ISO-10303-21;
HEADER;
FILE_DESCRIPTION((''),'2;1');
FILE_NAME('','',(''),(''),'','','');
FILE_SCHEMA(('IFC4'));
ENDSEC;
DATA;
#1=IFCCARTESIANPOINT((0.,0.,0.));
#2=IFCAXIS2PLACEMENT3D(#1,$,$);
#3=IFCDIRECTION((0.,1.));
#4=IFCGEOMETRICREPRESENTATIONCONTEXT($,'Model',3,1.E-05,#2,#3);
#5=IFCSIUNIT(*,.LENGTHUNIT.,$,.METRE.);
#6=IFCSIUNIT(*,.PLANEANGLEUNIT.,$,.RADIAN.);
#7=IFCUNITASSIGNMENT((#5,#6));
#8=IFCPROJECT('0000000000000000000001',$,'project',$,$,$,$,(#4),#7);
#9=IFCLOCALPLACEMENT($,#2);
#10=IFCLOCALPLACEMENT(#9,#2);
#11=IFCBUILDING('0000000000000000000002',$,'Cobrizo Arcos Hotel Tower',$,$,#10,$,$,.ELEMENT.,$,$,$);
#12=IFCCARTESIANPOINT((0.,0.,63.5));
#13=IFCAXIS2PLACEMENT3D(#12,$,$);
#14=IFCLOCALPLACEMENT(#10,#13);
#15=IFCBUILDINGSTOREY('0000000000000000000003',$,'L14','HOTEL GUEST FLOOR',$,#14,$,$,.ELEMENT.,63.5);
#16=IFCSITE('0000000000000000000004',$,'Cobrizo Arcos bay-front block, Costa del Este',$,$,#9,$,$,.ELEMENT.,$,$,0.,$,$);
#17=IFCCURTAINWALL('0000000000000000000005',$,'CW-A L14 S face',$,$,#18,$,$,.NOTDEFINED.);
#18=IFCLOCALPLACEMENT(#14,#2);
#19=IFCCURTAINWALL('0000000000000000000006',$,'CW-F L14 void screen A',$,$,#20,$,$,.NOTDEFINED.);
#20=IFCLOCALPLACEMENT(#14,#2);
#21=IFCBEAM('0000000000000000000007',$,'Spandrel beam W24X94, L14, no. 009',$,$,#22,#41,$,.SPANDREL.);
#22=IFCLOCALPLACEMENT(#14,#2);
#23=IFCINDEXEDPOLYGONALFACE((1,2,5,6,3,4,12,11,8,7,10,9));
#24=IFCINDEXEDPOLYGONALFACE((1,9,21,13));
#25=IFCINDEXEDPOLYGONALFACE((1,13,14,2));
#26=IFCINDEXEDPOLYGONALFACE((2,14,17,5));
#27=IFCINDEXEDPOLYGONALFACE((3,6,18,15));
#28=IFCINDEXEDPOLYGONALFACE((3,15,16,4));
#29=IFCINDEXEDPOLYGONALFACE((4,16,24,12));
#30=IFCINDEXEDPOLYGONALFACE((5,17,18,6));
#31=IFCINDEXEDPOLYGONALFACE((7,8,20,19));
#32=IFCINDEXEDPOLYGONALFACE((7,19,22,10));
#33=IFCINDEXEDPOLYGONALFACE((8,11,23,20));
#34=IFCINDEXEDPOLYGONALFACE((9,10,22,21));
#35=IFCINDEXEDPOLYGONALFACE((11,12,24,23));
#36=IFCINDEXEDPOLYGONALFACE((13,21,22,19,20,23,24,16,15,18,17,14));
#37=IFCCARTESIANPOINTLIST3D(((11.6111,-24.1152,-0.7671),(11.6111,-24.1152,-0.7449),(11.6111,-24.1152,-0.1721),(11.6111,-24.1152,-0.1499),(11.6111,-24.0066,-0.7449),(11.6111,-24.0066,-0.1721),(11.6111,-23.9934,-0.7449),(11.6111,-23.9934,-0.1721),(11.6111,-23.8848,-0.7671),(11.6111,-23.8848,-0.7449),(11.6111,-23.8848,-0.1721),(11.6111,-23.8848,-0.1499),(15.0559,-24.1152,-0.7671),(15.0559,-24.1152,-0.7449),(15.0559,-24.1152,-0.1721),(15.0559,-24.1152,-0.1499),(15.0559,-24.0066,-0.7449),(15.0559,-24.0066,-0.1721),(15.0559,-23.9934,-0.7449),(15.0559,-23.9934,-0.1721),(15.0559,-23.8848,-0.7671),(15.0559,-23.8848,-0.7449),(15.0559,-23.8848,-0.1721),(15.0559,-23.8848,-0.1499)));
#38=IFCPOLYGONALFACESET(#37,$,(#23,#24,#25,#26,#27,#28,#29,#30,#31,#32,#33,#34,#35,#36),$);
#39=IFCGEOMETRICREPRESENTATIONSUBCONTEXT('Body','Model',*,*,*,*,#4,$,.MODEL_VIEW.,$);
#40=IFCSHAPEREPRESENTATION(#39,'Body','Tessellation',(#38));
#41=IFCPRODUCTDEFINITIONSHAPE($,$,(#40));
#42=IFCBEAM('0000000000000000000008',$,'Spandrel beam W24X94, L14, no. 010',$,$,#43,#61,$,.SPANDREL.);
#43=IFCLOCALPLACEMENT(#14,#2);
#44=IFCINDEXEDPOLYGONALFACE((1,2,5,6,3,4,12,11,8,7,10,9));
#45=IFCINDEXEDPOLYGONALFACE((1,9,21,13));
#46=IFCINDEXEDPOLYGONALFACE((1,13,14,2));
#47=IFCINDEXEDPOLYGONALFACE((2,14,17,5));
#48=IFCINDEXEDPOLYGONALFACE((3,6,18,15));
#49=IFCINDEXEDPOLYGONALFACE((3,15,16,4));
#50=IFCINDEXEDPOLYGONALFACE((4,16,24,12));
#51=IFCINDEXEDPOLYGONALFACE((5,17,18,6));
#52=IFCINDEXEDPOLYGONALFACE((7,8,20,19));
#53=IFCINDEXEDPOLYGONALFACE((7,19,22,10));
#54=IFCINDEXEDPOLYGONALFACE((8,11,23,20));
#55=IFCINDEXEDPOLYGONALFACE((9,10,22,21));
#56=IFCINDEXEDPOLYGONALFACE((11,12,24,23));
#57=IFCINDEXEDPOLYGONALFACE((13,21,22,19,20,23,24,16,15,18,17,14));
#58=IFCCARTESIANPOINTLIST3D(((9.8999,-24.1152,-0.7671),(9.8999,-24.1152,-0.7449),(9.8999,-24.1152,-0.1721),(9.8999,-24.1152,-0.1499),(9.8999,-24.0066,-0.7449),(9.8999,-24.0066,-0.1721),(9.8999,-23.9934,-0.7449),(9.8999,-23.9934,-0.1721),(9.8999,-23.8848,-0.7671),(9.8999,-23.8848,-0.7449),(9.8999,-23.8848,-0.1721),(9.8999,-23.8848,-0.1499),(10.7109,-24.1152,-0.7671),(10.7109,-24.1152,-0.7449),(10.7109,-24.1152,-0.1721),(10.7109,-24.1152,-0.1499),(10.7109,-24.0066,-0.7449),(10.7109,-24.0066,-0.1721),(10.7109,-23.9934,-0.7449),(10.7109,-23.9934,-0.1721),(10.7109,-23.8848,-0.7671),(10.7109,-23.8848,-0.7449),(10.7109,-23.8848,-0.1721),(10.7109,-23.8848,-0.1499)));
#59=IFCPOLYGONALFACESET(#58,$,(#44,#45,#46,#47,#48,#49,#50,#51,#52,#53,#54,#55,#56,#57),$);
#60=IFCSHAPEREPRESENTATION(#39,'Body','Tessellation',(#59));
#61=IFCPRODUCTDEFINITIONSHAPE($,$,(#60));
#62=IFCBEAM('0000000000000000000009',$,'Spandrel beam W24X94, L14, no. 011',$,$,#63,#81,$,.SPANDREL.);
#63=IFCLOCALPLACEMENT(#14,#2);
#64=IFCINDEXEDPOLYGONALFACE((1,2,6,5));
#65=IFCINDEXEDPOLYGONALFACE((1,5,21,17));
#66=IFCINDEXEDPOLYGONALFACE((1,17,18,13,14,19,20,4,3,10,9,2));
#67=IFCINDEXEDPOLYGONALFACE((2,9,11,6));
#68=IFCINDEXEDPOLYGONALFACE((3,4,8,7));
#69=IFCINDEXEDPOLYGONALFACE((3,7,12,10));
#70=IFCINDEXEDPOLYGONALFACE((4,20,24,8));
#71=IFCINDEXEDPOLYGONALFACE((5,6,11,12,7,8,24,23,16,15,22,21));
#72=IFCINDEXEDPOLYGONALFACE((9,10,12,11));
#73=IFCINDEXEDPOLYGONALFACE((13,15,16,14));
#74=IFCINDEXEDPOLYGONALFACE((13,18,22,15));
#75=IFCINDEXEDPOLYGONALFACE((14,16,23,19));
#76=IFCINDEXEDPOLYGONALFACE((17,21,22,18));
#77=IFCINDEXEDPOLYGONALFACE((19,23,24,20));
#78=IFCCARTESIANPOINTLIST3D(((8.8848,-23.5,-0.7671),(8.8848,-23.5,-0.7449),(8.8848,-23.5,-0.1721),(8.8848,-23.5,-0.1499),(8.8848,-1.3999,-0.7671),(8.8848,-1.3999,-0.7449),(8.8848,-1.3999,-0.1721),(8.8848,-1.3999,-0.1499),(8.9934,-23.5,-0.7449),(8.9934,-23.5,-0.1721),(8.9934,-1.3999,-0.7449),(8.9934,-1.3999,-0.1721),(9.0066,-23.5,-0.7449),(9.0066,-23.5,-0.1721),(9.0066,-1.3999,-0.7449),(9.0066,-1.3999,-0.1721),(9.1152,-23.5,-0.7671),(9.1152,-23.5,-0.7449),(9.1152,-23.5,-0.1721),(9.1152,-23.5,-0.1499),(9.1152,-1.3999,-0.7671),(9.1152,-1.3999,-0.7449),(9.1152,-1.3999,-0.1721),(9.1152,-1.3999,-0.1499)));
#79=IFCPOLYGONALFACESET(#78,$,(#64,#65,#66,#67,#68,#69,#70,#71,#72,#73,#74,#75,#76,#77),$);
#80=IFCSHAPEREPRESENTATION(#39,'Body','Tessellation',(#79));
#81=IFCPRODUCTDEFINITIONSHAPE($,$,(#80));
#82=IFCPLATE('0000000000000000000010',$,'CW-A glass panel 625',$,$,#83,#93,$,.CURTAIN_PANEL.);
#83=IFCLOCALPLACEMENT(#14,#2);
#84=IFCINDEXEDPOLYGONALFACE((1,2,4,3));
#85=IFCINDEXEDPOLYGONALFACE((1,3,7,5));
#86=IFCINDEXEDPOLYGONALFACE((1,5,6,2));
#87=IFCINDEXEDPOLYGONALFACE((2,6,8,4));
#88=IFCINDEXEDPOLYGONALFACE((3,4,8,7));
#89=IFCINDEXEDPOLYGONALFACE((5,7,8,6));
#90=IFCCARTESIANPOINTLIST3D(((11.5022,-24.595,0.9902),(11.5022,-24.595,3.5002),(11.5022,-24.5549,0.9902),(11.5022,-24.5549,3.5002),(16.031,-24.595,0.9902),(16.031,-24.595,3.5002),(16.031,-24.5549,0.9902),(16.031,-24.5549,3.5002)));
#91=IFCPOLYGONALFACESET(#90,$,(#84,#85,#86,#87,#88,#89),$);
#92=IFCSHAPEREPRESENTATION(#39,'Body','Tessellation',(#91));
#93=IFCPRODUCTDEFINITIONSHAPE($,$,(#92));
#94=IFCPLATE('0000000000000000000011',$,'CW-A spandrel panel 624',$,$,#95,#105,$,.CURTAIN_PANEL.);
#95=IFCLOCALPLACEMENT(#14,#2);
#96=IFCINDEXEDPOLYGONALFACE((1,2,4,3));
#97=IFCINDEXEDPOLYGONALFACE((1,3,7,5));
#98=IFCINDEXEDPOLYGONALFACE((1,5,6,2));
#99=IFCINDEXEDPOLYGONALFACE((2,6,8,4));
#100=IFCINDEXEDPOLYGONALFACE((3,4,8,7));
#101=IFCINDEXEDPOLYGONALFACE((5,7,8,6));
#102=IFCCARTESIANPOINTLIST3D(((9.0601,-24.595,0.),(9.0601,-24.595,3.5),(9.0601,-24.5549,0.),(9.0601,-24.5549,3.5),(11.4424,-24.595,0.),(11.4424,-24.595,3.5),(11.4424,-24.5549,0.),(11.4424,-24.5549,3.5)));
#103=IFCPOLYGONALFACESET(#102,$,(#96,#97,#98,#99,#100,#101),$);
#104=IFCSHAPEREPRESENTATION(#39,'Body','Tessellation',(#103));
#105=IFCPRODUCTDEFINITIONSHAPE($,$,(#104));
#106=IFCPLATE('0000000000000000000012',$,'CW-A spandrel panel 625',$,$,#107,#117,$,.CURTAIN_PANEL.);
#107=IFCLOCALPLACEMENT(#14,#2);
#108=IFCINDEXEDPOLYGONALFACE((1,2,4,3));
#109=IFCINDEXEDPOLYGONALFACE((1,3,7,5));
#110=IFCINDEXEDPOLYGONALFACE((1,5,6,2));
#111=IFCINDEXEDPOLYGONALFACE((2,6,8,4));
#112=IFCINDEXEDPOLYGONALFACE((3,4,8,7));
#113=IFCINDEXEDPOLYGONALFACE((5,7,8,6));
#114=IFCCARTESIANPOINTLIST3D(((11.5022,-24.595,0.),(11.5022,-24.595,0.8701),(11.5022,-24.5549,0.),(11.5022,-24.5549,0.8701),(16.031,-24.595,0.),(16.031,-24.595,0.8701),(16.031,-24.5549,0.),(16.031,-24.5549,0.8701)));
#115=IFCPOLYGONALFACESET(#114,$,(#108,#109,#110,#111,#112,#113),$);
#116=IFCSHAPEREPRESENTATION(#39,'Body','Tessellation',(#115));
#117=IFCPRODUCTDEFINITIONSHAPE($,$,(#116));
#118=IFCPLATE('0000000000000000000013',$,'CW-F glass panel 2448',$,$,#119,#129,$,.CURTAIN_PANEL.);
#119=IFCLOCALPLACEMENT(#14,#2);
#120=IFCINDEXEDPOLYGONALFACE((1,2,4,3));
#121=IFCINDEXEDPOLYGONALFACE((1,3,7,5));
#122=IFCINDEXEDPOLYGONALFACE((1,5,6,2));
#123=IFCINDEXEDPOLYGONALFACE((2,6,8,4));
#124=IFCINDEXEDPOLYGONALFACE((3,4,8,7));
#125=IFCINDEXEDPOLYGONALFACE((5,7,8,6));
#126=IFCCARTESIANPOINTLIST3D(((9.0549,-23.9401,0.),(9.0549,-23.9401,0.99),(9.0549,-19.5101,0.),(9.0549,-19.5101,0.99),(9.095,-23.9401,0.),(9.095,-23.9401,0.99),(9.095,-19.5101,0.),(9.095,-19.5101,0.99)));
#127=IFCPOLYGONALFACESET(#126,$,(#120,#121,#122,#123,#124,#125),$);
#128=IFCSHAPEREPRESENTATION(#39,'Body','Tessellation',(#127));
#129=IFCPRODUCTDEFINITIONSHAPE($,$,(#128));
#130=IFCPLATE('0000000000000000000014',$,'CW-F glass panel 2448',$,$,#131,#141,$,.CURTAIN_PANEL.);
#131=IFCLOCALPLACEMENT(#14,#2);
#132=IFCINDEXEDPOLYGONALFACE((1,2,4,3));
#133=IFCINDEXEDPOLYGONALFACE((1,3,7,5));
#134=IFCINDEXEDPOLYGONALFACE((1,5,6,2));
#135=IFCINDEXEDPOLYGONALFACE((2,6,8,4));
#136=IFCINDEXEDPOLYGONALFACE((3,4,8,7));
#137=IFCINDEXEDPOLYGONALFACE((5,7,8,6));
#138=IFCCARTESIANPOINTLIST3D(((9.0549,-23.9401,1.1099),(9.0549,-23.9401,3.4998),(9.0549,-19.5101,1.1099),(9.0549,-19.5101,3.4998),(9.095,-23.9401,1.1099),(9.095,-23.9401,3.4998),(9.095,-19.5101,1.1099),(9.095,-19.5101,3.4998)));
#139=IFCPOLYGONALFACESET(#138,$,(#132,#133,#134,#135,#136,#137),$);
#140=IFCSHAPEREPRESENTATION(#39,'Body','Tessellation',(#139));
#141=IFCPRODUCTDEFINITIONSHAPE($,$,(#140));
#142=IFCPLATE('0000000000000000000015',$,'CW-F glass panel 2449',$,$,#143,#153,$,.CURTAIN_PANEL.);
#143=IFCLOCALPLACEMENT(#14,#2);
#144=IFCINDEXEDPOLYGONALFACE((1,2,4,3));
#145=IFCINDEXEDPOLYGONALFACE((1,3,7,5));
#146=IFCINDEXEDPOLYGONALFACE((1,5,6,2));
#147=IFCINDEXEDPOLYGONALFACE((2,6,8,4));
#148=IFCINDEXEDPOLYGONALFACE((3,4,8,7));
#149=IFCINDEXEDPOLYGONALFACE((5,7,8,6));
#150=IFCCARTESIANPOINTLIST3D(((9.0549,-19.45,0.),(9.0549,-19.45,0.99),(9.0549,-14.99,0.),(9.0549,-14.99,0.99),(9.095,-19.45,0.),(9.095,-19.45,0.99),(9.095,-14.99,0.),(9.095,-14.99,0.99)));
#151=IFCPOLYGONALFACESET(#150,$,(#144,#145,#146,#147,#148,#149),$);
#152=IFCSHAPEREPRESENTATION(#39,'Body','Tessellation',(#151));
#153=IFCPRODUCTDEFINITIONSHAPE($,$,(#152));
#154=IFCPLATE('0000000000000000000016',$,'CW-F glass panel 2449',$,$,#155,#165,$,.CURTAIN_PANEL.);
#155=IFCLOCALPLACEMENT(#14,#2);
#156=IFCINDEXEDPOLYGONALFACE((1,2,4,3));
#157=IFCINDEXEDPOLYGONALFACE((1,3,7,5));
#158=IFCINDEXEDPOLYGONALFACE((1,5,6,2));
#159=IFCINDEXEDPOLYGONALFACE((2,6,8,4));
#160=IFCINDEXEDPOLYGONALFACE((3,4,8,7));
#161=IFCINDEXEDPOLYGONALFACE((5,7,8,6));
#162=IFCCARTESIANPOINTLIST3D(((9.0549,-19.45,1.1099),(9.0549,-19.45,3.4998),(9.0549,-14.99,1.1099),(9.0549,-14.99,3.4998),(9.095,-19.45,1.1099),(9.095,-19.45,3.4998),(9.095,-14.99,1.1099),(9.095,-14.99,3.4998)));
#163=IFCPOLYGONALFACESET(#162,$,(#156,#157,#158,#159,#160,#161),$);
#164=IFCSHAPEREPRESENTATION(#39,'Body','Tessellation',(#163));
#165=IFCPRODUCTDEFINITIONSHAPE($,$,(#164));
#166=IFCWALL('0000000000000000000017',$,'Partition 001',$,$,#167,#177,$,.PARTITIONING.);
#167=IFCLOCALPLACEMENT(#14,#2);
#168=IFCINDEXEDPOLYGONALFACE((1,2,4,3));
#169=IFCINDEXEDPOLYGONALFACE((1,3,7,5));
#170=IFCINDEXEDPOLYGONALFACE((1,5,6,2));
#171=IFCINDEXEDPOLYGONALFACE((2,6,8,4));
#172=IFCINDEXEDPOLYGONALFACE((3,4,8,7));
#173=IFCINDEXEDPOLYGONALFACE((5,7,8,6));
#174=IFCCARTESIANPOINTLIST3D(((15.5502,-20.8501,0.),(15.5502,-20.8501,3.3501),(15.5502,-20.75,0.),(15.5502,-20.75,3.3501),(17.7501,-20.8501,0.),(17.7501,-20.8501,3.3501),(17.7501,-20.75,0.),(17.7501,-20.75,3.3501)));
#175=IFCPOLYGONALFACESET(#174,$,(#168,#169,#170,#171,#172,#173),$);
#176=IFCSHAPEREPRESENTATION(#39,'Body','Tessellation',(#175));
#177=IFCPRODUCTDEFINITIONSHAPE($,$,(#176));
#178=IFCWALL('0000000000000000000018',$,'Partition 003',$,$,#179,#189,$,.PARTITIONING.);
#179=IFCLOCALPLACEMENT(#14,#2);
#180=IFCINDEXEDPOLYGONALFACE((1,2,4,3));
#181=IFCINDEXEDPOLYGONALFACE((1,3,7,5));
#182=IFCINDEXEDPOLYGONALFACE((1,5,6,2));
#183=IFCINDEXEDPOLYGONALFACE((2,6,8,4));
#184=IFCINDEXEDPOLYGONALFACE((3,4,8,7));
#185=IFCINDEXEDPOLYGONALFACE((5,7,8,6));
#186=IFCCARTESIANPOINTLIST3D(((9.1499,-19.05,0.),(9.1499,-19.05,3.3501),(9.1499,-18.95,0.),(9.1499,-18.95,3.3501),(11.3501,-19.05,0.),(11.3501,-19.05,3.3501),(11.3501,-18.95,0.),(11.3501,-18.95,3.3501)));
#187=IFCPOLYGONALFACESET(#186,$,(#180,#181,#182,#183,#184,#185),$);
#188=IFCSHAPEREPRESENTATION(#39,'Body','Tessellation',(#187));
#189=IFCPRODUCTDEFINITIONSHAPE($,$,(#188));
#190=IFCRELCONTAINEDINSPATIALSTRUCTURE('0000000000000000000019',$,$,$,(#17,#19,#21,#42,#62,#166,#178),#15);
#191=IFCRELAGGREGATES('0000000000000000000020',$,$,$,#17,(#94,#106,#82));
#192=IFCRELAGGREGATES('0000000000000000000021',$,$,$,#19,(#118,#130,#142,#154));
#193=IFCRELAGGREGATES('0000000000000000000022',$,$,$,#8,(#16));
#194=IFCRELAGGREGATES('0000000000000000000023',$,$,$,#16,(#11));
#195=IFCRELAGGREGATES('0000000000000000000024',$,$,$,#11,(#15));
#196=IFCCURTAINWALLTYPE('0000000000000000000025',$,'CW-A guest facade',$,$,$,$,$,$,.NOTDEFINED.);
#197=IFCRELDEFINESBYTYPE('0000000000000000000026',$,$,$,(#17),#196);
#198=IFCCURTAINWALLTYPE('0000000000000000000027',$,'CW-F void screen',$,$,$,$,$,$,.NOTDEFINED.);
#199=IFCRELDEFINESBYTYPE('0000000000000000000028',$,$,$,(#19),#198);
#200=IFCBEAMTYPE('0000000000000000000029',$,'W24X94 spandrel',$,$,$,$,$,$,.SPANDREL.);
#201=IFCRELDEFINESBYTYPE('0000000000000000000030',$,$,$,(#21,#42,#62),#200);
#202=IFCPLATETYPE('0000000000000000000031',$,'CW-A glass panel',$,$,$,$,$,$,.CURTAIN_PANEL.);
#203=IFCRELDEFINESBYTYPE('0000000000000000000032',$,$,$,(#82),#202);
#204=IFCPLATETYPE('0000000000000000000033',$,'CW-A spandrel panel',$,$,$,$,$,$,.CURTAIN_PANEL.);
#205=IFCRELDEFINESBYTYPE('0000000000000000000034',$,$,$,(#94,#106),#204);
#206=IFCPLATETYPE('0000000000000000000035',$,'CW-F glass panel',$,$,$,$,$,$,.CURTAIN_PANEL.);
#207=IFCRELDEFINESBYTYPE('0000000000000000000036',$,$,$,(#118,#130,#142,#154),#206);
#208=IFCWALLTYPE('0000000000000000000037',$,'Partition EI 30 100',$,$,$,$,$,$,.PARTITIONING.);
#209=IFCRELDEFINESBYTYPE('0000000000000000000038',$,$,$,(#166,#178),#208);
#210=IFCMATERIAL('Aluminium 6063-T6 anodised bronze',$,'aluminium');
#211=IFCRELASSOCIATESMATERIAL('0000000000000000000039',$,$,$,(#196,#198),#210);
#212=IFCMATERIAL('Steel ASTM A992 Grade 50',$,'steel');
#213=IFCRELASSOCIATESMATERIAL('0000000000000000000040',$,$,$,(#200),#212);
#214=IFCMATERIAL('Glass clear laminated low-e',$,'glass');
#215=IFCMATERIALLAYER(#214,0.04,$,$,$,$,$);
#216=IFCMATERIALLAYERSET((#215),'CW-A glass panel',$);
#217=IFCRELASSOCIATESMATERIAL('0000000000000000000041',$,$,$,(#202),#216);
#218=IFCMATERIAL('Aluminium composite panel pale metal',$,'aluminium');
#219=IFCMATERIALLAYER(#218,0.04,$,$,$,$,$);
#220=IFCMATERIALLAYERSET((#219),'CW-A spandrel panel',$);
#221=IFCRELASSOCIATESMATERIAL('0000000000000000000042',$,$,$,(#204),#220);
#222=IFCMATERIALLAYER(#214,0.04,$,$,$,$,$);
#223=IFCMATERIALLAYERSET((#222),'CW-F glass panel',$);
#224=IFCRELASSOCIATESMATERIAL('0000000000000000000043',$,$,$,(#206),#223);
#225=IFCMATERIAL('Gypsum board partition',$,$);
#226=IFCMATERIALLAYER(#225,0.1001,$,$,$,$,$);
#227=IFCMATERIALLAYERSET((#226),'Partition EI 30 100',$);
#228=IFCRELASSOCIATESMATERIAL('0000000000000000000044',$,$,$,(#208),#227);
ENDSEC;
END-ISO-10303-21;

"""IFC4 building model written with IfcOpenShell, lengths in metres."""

from ifc_helpers import new_model, si_unit, direction, frame, frame_2d, origin, origin_2d, place, context, subcontext, project, spatial, rectangle, i_section, extrude, material, layer, layer_set, material_profile, profile_set, type_object, element, aggregate, save


model = new_model("IFC4")

# Units and contexts
model_context = context("Model", 3, precision=1e-05, world=origin(), true_north=direction((0.0, 1.0)))
body_context = subcontext(model_context, "Body", "Model", "MODEL_VIEW")
ifc_project = project(units=[si_unit("LENGTHUNIT", "METRE"), si_unit("PLANEANGLEUNIT", "RADIAN")], contexts=[model_context])

# Site, building, storey
site_placement = place(None, origin())
site = spatial("IfcSite", under=ifc_project, at=site_placement, Name="Cobrizo Arcos bay-front block, Costa del Este", CompositionType="ELEMENT", RefElevation=0.0)
building_placement = place(site_placement, origin())
building = spatial("IfcBuilding", under=site, at=building_placement, Name="Cobrizo Arcos Hotel Tower", CompositionType="ELEMENT")
storey_placement = place(building_placement, frame((0.0, 0.0, 63.5)))
storey = spatial("IfcBuildingStorey", under=building, at=storey_placement, Name="L14", Description="HOTEL GUEST FLOOR", CompositionType="ELEMENT", Elevation=63.5)

# Curtain walls
ifc_material_1 = material(Name="Aluminium 6063-T6 anodised bronze", Category="aluminium")
curtain_wall_type_1 = type_object("IfcCurtainWallType", Name="CW-A guest facade", PredefinedType="NOTDEFINED", material=ifc_material_1)
curtain_wall_1_placement = place(storey_placement, origin())
curtain_wall_1 = element("IfcCurtainWall", 1, at=curtain_wall_1_placement, inside=storey, type_object=curtain_wall_type_1, Name="CW-A L14 S face", PredefinedType="NOTDEFINED")
curtain_wall_type_2 = type_object("IfcCurtainWallType", Name="CW-F void screen", PredefinedType="NOTDEFINED", material=ifc_material_1)
curtain_wall_2_placement = place(storey_placement, origin())
curtain_wall_2 = element("IfcCurtainWall", 2, at=curtain_wall_2_placement, inside=storey, type_object=curtain_wall_type_2, Name="CW-F L14 void screen A", PredefinedType="NOTDEFINED")

# Beams
ifc_material_2 = material(Name="Steel ASTM A992 Grade 50", Category="steel")
ifc_material_profile_1 = material_profile(ifc_material_2, i_section(OverallWidth=0.2305, OverallDepth=0.6172, WebThickness=0.0132, FlangeThickness=0.0222, at=origin_2d()), Name="W24X94")
ifc_profile_set_1 = profile_set([ifc_material_profile_1], Name="Steel ASTM A992 Grade 50")
beam_type_1 = type_object("IfcBeamType", Name="W24X94 spandrel", PredefinedType="SPANDREL", material=ifc_profile_set_1)
beam_1_placement = place(storey_placement, frame((15.0559, -24.0, -0.4585), z_axis=(-1.0, 0.0, 0.0), x_axis=(0.0, -1.0, 0.0)))
element("IfcBeam", 3, at=beam_1_placement, inside=storey, type_object=beam_type_1, Name="Spandrel beam W24X94, L14, no. 009", PredefinedType="SPANDREL", context=body_context, shape_type="SweptSolid", body=[
    extrude(i_section(OverallWidth=0.2305, OverallDepth=0.6172, WebThickness=0.0132, FlangeThickness=0.0222, at=origin_2d()), origin(), (0.0, 0.0, 1.0), 3.4448),
])
beam_2_placement = place(storey_placement, frame((10.7109, -24.0, -0.4585), z_axis=(-1.0, 0.0, 0.0), x_axis=(0.0, -1.0, 0.0)))
element("IfcBeam", 4, at=beam_2_placement, inside=storey, type_object=beam_type_1, Name="Spandrel beam W24X94, L14, no. 010", PredefinedType="SPANDREL", context=body_context, shape_type="SweptSolid", body=[
    extrude(i_section(OverallWidth=0.2305, OverallDepth=0.6172, WebThickness=0.0132, FlangeThickness=0.0222, at=origin_2d()), origin(), (0.0, 0.0, 1.0), 0.811),
])
beam_3_placement = place(storey_placement, frame((9.0, -23.5, -0.4585), z_axis=(0.0, 1.0, 0.0), x_axis=(-1.0, 0.0, 0.0)))
element("IfcBeam", 5, at=beam_3_placement, inside=storey, type_object=beam_type_1, Name="Spandrel beam W24X94, L14, no. 011", PredefinedType="SPANDREL", context=body_context, shape_type="SweptSolid", body=[
    extrude(i_section(OverallWidth=0.2305, OverallDepth=0.6172, WebThickness=0.0132, FlangeThickness=0.0222, at=origin_2d()), origin(), (0.0, 0.0, 1.0), 22.1001),
])

# Plates
ifc_material_3 = material(Name="Glass clear laminated low-e", Category="glass")
ifc_layer_1 = layer(ifc_material_3, 0.04)
ifc_layer_set_1 = layer_set([ifc_layer_1], Name="CW-A glass panel")
plate_type_1 = type_object("IfcPlateType", Name="CW-A glass panel", PredefinedType="CURTAIN_PANEL", material=ifc_layer_set_1)
plate_1_placement = place(storey_placement, frame((13.7666, -24.575, 0.9902), z_axis=(0.0, 0.0, 1.0), x_axis=(1.0, 0.0, 0.0)))
plate_1 = element("IfcPlate", 6, at=plate_1_placement, type_object=plate_type_1, Name="CW-A glass panel 625", PredefinedType="CURTAIN_PANEL", context=body_context, shape_type="SweptSolid", body=[
    extrude(rectangle(XDim=4.5288, YDim=0.04, at=origin_2d()), origin(), (0.0, 0.0, 1.0), 2.51),
])
ifc_material_4 = material(Name="Aluminium composite panel pale metal", Category="aluminium")
ifc_layer_2 = layer(ifc_material_4, 0.04)
ifc_layer_set_2 = layer_set([ifc_layer_2], Name="CW-A spandrel panel")
plate_type_2 = type_object("IfcPlateType", Name="CW-A spandrel panel", PredefinedType="CURTAIN_PANEL", material=ifc_layer_set_2)
plate_2_placement = place(storey_placement, frame((10.2512, -24.575, 0.0), z_axis=(0.0, 0.0, 1.0), x_axis=(1.0, 0.0, 0.0)))
plate_2 = element("IfcPlate", 7, at=plate_2_placement, type_object=plate_type_2, Name="CW-A spandrel panel 624", PredefinedType="CURTAIN_PANEL", context=body_context, shape_type="SweptSolid", body=[
    extrude(rectangle(XDim=2.3823, YDim=0.04, at=origin_2d()), origin(), (0.0, 0.0, 1.0), 3.5),
])
plate_3_placement = place(storey_placement, frame((13.7666, -24.575, 0.0), z_axis=(0.0, 0.0, 1.0), x_axis=(1.0, 0.0, 0.0)))
plate_3 = element("IfcPlate", 8, at=plate_3_placement, type_object=plate_type_2, Name="CW-A spandrel panel 625", PredefinedType="CURTAIN_PANEL", context=body_context, shape_type="SweptSolid", body=[
    extrude(rectangle(XDim=4.5288, YDim=0.04, at=origin_2d()), origin(), (0.0, 0.0, 1.0), 0.8701),
])
aggregate(curtain_wall_1, [plate_2, plate_3, plate_1])
ifc_layer_3 = layer(ifc_material_3, 0.04)
ifc_layer_set_3 = layer_set([ifc_layer_3], Name="CW-F glass panel")
plate_type_3 = type_object("IfcPlateType", Name="CW-F glass panel", PredefinedType="CURTAIN_PANEL", material=ifc_layer_set_3)
plate_4_placement = place(storey_placement, frame((9.075, -21.7251, 0.0), z_axis=(0.0, 0.0, 1.0), x_axis=(0.0, 1.0, 0.0)))
plate_4 = element("IfcPlate", 9, at=plate_4_placement, type_object=plate_type_3, Name="CW-F glass panel 2448", PredefinedType="CURTAIN_PANEL", context=body_context, shape_type="SweptSolid", body=[
    extrude(rectangle(XDim=4.4299, YDim=0.04, at=origin_2d()), origin(), (0.0, 0.0, 1.0), 0.99),
])
plate_5_placement = place(storey_placement, frame((9.075, -21.7251, 1.1099), z_axis=(0.0, 0.0, 1.0), x_axis=(0.0, 1.0, 0.0)))
plate_5 = element("IfcPlate", 10, at=plate_5_placement, type_object=plate_type_3, Name="CW-F glass panel 2448", PredefinedType="CURTAIN_PANEL", context=body_context, shape_type="SweptSolid", body=[
    extrude(rectangle(XDim=4.4299, YDim=0.04, at=origin_2d()), origin(), (0.0, 0.0, 1.0), 2.3899),
])
plate_6_placement = place(storey_placement, frame((9.075, -17.22, 0.0), z_axis=(0.0, 0.0, 1.0), x_axis=(0.0, 1.0, 0.0)))
plate_6 = element("IfcPlate", 11, at=plate_6_placement, type_object=plate_type_3, Name="CW-F glass panel 2449", PredefinedType="CURTAIN_PANEL", context=body_context, shape_type="SweptSolid", body=[
    extrude(rectangle(XDim=4.46, YDim=0.04, at=origin_2d()), origin(), (0.0, 0.0, 1.0), 0.99),
])
plate_7_placement = place(storey_placement, frame((9.075, -17.22, 1.1099), z_axis=(0.0, 0.0, 1.0), x_axis=(0.0, 1.0, 0.0)))
plate_7 = element("IfcPlate", 12, at=plate_7_placement, type_object=plate_type_3, Name="CW-F glass panel 2449", PredefinedType="CURTAIN_PANEL", context=body_context, shape_type="SweptSolid", body=[
    extrude(rectangle(XDim=4.46, YDim=0.04, at=origin_2d()), origin(), (0.0, 0.0, 1.0), 2.3899),
])
aggregate(curtain_wall_2, [plate_4, plate_5, plate_6, plate_7])

# Walls
ifc_material_5 = material(Name="Gypsum board partition")
ifc_layer_4 = layer(ifc_material_5, 0.1001)
ifc_layer_set_4 = layer_set([ifc_layer_4], Name="Partition EI 30 100")
wall_type = type_object("IfcWallType", Name="Partition EI 30 100", PredefinedType="PARTITIONING", material=ifc_layer_set_4)
wall_1_placement = place(storey_placement, frame((15.55, -20.8, 0.0), z_axis=(0.0, 0.0, 1.0), x_axis=(1.0, 0.0, 0.0)))
element("IfcWall", 13, at=wall_1_placement, inside=storey, type_object=wall_type, Name="Partition 001", PredefinedType="PARTITIONING", context=body_context, shape_type="SweptSolid", body=[
    extrude(rectangle(XDim=2.2, YDim=0.1001, at=frame_2d((1.1001, 0.0))), origin(), (0.0, 0.0, 1.0), 3.3501),
])
wall_2_placement = place(storey_placement, frame((9.1499, -19.0, 0.0), z_axis=(0.0, 0.0, 1.0), x_axis=(1.0, 0.0, 0.0)))
element("IfcWall", 14, at=wall_2_placement, inside=storey, type_object=wall_type, Name="Partition 003", PredefinedType="PARTITIONING", context=body_context, shape_type="SweptSolid", body=[
    extrude(rectangle(XDim=2.2002, YDim=0.1001, at=frame_2d((1.1001, 0.0))), origin(), (0.0, 0.0, 1.0), 3.3501),
])

save(model, "model.ifc")
